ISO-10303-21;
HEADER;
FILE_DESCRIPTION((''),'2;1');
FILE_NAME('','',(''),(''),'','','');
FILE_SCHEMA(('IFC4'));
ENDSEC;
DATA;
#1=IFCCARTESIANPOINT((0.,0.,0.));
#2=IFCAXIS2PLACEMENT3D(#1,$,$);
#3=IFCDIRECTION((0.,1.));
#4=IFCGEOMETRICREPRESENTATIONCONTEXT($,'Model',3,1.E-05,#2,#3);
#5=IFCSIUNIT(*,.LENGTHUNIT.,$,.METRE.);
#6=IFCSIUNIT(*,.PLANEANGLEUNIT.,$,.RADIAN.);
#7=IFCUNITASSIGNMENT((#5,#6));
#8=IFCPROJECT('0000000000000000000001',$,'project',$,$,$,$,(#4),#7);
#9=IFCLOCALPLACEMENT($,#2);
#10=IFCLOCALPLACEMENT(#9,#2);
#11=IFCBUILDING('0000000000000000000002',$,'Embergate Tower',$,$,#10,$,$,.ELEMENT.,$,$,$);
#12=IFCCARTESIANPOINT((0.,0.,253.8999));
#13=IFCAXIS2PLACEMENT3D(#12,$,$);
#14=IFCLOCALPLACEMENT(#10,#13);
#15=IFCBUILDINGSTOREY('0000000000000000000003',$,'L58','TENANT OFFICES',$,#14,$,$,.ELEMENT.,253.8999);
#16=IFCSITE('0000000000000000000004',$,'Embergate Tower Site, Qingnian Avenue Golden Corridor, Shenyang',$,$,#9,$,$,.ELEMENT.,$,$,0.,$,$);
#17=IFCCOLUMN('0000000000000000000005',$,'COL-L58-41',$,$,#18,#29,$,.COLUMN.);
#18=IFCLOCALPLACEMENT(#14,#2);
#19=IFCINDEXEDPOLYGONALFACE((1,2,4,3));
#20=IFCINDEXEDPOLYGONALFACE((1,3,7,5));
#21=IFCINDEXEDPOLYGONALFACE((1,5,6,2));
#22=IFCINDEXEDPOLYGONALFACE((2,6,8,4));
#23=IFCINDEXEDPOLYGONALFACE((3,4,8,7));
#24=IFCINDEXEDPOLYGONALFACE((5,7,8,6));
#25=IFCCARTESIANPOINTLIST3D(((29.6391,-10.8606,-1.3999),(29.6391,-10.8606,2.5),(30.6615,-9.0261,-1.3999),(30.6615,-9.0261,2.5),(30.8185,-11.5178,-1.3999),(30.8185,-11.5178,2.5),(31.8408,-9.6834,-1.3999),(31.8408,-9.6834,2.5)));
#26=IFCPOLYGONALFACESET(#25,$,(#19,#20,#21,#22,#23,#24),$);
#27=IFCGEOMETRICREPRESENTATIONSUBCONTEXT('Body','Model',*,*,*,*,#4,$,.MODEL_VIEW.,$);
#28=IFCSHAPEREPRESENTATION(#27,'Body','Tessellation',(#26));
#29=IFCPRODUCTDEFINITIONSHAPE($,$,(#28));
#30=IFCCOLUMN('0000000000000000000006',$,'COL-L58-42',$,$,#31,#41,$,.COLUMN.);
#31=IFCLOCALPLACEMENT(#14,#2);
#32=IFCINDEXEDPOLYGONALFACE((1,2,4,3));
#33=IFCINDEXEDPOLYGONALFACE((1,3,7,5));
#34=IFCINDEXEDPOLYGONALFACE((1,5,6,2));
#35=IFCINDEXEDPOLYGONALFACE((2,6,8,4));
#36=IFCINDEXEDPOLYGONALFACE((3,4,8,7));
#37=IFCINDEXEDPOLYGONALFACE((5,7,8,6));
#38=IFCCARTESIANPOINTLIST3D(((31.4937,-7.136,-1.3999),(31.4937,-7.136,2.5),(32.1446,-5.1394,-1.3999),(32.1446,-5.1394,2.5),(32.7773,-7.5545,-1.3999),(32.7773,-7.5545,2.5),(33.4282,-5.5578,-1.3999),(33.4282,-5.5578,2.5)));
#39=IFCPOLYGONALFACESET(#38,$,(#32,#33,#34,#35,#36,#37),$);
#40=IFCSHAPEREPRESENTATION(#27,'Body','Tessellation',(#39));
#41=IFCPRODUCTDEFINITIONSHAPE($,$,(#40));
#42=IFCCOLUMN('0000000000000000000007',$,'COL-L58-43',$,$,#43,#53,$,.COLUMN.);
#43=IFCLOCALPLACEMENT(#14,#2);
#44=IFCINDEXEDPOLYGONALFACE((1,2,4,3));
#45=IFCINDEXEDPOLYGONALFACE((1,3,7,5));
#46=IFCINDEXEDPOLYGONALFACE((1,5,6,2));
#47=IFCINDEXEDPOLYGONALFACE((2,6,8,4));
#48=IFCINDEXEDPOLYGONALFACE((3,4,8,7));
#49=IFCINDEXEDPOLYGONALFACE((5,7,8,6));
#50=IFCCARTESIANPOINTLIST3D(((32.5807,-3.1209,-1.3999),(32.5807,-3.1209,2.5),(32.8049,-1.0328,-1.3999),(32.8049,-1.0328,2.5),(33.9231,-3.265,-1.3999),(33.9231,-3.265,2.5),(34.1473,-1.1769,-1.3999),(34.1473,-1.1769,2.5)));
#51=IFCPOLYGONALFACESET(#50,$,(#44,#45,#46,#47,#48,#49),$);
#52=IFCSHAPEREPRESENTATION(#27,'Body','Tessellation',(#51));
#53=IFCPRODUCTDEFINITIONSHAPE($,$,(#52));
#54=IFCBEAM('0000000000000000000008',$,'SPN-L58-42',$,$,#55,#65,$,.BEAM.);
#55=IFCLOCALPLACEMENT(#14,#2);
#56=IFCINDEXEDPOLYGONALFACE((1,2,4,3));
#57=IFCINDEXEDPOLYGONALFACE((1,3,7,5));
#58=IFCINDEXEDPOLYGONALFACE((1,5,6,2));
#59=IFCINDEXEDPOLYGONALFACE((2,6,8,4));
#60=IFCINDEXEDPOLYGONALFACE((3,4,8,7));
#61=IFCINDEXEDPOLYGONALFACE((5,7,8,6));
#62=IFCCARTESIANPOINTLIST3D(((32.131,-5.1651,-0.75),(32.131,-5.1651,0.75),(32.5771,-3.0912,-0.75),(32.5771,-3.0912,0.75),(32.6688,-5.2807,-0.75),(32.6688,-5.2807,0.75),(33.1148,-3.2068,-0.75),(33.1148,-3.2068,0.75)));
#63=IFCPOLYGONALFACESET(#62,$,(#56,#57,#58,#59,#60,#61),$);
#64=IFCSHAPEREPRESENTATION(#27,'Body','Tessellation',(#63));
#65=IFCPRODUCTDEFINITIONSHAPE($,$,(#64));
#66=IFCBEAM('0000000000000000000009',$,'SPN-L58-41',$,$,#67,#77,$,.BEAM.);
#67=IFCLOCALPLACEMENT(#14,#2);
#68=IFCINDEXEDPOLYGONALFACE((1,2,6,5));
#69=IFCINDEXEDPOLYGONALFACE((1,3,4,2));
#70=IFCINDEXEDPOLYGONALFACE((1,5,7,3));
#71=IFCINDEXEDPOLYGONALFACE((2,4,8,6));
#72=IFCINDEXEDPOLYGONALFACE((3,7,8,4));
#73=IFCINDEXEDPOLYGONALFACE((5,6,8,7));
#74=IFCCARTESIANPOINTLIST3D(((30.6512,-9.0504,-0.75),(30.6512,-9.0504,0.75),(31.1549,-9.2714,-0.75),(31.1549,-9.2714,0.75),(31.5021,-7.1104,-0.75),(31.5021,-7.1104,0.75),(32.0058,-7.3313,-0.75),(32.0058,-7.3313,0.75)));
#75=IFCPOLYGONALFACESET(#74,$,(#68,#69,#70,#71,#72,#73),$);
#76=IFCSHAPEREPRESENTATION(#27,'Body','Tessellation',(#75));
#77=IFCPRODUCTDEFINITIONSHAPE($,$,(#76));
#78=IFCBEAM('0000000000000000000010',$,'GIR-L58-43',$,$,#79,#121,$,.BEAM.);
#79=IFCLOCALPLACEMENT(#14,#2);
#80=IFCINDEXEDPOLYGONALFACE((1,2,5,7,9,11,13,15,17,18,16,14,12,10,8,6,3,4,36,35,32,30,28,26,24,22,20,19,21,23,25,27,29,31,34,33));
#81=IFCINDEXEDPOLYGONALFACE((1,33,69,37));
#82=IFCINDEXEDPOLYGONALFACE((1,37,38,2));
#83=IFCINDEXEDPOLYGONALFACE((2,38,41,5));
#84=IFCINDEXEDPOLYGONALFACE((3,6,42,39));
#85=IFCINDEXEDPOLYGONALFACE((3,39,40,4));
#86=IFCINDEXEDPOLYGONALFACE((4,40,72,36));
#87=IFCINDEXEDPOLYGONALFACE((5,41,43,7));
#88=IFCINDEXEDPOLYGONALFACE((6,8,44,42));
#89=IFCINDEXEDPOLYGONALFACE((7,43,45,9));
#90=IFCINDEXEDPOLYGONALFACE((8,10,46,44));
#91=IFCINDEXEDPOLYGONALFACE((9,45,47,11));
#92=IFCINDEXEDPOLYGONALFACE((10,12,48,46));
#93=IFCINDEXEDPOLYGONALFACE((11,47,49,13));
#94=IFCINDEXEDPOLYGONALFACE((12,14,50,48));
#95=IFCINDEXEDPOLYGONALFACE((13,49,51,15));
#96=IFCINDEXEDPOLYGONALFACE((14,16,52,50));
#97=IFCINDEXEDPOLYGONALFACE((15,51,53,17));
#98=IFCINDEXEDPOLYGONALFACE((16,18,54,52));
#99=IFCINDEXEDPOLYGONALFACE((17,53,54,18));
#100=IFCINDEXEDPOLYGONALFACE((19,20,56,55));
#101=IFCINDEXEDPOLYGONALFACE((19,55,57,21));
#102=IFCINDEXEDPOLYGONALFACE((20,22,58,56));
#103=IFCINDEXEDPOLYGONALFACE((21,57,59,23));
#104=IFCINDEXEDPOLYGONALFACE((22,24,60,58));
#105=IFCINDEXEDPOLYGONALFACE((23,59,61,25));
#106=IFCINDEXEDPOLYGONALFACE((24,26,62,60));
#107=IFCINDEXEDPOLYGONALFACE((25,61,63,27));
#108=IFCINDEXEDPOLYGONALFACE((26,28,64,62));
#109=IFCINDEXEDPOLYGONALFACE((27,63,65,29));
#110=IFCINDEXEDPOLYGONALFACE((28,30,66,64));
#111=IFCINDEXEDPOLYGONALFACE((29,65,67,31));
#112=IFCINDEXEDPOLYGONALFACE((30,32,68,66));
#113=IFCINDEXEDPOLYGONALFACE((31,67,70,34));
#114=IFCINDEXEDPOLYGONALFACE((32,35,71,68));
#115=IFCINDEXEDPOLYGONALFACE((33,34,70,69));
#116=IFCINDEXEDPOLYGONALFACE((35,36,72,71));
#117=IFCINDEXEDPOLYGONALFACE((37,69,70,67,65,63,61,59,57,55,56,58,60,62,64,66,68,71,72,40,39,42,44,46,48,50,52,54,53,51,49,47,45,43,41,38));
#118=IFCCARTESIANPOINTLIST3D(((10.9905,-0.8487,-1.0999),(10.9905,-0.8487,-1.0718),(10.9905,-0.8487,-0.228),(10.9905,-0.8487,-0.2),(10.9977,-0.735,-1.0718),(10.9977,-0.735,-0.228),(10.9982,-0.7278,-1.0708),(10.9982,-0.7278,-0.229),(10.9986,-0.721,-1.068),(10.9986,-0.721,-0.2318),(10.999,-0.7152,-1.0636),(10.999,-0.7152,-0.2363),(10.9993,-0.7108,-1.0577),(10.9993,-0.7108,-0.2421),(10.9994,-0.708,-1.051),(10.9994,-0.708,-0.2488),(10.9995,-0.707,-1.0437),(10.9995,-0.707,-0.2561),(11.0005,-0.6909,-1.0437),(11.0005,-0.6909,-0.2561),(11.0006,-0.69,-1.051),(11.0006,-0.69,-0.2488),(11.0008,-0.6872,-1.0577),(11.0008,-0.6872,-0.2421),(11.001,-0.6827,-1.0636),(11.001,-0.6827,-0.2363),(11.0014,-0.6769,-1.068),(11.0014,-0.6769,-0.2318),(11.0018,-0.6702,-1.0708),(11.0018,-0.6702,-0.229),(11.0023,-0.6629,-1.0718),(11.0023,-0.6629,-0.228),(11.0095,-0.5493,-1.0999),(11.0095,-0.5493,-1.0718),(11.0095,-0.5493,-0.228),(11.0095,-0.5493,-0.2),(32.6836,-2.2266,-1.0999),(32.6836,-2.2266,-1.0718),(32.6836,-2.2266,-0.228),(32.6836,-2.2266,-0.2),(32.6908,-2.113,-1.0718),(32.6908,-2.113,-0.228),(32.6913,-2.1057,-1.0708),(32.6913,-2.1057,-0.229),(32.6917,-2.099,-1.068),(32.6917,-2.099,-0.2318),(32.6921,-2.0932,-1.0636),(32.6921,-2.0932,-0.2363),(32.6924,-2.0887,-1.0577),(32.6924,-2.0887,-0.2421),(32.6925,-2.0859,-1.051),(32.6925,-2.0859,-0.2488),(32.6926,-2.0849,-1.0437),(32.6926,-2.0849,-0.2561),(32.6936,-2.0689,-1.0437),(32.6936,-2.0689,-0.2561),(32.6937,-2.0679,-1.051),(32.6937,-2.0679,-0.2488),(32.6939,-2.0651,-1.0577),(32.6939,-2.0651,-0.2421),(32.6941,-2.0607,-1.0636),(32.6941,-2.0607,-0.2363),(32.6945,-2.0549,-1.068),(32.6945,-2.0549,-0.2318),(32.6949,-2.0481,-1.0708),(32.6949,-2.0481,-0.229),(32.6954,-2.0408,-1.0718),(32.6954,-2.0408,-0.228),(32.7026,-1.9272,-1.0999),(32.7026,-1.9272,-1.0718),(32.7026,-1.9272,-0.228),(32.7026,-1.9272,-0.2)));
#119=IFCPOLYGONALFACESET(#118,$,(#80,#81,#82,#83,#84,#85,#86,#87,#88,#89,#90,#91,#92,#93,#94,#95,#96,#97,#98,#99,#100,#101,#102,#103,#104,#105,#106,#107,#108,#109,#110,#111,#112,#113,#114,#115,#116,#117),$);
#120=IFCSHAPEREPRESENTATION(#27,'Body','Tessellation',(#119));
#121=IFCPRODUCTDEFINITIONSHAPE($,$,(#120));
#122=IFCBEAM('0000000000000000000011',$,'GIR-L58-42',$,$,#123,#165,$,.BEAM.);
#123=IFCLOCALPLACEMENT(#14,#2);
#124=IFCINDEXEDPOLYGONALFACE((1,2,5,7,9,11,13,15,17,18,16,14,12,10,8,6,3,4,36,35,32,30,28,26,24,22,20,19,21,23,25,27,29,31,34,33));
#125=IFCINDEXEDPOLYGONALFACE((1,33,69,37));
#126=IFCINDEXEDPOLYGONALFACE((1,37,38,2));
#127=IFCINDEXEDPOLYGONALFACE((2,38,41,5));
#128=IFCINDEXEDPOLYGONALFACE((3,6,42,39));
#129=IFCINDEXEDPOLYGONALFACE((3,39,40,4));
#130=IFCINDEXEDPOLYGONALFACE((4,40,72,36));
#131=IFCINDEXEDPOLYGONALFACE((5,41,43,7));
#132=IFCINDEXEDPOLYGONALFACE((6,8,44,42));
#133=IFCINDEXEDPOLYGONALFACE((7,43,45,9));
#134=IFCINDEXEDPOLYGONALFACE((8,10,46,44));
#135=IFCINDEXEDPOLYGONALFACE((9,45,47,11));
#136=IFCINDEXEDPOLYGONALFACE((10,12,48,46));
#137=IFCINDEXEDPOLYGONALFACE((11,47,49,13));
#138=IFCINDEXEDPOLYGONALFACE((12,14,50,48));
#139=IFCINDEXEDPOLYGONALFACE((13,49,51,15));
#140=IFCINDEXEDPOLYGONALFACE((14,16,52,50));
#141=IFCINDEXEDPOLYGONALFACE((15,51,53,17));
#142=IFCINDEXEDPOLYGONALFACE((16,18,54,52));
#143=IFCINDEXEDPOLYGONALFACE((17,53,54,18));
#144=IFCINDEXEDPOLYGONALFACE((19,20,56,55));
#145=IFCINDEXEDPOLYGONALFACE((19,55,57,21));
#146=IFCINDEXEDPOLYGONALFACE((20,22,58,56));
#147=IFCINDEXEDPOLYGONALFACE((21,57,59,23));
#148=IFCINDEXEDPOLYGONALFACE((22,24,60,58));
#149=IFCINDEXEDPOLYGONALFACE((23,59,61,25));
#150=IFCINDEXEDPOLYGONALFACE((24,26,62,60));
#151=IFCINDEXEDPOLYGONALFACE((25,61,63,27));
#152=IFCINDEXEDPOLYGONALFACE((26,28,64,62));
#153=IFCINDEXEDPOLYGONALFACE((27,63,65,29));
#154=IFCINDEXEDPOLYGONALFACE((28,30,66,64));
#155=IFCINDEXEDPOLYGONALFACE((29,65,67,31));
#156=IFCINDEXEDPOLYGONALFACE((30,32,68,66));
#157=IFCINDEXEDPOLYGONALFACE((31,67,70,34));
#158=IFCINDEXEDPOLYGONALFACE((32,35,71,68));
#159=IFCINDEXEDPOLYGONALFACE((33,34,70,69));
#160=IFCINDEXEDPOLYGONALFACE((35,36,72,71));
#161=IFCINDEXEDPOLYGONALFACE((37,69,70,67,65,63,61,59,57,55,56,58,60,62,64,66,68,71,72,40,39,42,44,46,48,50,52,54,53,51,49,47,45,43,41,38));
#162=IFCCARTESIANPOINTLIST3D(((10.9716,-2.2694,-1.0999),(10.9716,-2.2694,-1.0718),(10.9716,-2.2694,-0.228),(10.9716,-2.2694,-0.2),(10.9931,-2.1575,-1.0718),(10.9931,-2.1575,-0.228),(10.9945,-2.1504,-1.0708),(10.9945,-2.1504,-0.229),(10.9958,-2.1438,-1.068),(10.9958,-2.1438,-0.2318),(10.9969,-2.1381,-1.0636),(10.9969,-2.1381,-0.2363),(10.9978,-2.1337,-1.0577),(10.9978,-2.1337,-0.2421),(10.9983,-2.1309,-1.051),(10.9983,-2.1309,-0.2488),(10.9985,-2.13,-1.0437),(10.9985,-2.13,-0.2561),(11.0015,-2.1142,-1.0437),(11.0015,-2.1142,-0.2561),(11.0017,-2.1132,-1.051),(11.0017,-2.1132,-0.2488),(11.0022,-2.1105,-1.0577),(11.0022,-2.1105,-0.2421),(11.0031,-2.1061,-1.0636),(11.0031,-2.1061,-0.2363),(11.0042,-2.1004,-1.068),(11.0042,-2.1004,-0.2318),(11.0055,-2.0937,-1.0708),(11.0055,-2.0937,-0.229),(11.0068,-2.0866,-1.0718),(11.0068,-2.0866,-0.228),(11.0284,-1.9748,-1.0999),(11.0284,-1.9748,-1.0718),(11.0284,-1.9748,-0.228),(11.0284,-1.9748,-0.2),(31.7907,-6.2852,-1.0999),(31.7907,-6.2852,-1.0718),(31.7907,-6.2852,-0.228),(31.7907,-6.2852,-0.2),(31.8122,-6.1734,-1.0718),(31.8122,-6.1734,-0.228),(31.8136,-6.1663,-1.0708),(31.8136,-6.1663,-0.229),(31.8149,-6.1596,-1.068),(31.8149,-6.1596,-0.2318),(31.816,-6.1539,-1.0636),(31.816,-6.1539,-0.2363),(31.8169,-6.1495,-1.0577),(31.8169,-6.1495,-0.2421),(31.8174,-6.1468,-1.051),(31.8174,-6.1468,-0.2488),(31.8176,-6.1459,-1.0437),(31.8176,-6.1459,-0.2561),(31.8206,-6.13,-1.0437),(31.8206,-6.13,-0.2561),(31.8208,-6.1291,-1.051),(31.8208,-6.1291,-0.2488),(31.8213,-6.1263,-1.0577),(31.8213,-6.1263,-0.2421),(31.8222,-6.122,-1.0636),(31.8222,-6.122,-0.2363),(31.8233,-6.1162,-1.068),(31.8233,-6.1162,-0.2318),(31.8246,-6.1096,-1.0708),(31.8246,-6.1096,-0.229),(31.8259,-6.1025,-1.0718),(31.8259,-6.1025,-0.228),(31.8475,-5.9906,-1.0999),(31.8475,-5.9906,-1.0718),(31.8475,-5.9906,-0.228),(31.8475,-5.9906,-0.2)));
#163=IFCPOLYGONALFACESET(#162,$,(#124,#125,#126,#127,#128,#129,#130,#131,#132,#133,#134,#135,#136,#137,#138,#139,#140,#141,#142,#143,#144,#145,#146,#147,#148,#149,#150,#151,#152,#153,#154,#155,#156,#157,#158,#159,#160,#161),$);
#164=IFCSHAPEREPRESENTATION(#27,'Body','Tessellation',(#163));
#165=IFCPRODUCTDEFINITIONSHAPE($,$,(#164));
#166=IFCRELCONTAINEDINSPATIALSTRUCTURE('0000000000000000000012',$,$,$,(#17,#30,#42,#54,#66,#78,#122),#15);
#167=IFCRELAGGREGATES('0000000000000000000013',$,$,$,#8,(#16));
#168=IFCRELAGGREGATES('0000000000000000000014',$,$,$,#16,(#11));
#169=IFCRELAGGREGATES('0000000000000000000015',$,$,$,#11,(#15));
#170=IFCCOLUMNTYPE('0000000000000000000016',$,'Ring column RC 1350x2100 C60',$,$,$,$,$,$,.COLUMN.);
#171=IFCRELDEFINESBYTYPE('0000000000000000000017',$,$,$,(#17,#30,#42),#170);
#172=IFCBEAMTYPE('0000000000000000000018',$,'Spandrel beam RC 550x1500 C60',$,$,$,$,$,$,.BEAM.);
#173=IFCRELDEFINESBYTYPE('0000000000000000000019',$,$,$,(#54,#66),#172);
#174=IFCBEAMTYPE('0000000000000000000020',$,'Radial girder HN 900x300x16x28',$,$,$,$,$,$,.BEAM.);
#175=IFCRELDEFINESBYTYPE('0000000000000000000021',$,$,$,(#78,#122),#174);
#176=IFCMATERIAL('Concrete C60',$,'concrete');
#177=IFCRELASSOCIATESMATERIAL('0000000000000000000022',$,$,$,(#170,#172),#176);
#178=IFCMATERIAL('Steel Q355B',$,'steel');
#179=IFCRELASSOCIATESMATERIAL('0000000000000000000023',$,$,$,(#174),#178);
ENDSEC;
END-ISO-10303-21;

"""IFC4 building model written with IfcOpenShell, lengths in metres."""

from ifc_helpers import new_model, si_unit, direction, frame, origin, origin_2d, place, context, subcontext, project, spatial, rectangle, i_section, extrude, source, transform, mapped, material, material_profile, profile_set, type_object, element, save


model = new_model("IFC4")

# Units and contexts
model_context = context("Model", 3, precision=1e-05, world=origin(), true_north=direction((0.0, 1.0)))
body_context = subcontext(model_context, "Body", "Model", "MODEL_VIEW")
ifc_project = project(units=[si_unit("LENGTHUNIT", "METRE"), si_unit("PLANEANGLEUNIT", "RADIAN")], contexts=[model_context])

# Site, building, storey
site_placement = place(None, origin())
site = spatial("IfcSite", under=ifc_project, at=site_placement, Name="Embergate Tower Site, Qingnian Avenue Golden Corridor, Shenyang", CompositionType="ELEMENT", RefElevation=0.0)
building_placement = place(site_placement, origin())
building = spatial("IfcBuilding", under=site, at=building_placement, Name="Embergate Tower", CompositionType="ELEMENT")
storey_placement = place(building_placement, frame((0.0, 0.0, 253.8999)))
storey = spatial("IfcBuildingStorey", under=building, at=storey_placement, Name="L58", Description="TENANT OFFICES", CompositionType="ELEMENT", Elevation=253.8999)

# Columns
ifc_material_1 = material(Name="Concrete C60", Category="concrete")
ifc_material_profile_1 = material_profile(ifc_material_1, rectangle(XDim=1.3501, YDim=2.1001, at=origin_2d()), Name="RC 1350x2100")
ifc_profile_set_1 = profile_set([ifc_material_profile_1], Name="Concrete C60")
column_type = type_object("IfcColumnType", Name="Ring column RC 1350x2100 C60", PredefinedType="COLUMN", material=ifc_profile_set_1)
shared_shape_1 = source(origin(), body_context, "Body", "SweptSolid", [
    extrude(rectangle(XDim=1.3501, YDim=2.1001, at=origin_2d()), origin(), (0.0, 0.0, 1.0), 3.8999),
])
for number, where, z_axis, x_axis, name in (
    (1, (30.74, -10.272, -1.3999), (0.0, 0.0, 1.0), (0.8735, -0.486823, 0.0), "COL-L58-41"),
    (2, (32.4609, -6.3469, -1.3999), (0.0, 0.0, 1.0), (0.950754, -0.309946, 0.0), "COL-L58-42"),
    (3, (33.364, -2.1489, -1.3999), (0.0, 0.0, 1.0), (0.994286, -0.10675, 0.0), "COL-L58-43"),
):
    element("IfcColumn", number, at=place(storey_placement, frame(where, z_axis=z_axis, x_axis=x_axis)), inside=storey, type_object=column_type, Name=name, PredefinedType="COLUMN", context=body_context, shape_type="MappedRepresentation", body=[
        mapped(shared_shape_1, transform((0.0, 0.0, 0.0))),
    ])

# Beams
ifc_material_profile_2 = material_profile(ifc_material_1, rectangle(XDim=0.55, YDim=1.5, at=origin_2d()), Name="RC 550x1500")
ifc_profile_set_2 = profile_set([ifc_material_profile_2], Name="Concrete C60")
beam_type_1 = type_object("IfcBeamType", Name="Spandrel beam RC 550x1500 C60", PredefinedType="BEAM", material=ifc_profile_set_2)
shared_shape_2 = source(origin(), body_context, "Body", "SweptSolid", [
    extrude(rectangle(XDim=0.55, YDim=1.5, at=origin_2d()), origin(), (0.0, 0.0, 1.0), 2.1213),
])
beam_1_placement = place(storey_placement, frame((32.3999, -5.2229, 0.0), z_axis=(0.21026, 0.977646, 0.0), x_axis=(-0.977646, 0.21026, 0.0)))
element("IfcBeam", 4, at=beam_1_placement, inside=storey, type_object=beam_type_1, Name="SPN-L58-42", PredefinedType="BEAM", context=body_context, shape_type="MappedRepresentation", body=[
    mapped(shared_shape_2, transform((0.0, 0.0, 0.0))),
])
shared_shape_3 = source(origin(), body_context, "Body", "SweptSolid", [
    extrude(rectangle(XDim=0.55, YDim=1.5, at=origin_2d()), origin(), (0.0, 0.0, 1.0), 2.1184),
])
beam_2_placement = place(storey_placement, frame((30.9031, -9.1609, 0.0), z_axis=(0.401653, 0.915792, 0.0), x_axis=(-0.915792, 0.401653, 0.0)))
element("IfcBeam", 5, at=beam_2_placement, inside=storey, type_object=beam_type_1, Name="SPN-L58-41", PredefinedType="BEAM", context=body_context, shape_type="MappedRepresentation", body=[
    mapped(shared_shape_3, transform((0.0, 0.0, 0.0))),
])
ifc_material_2 = material(Name="Steel Q355B", Category="steel")
ifc_material_profile_3 = material_profile(ifc_material_2, i_section(OverallWidth=0.3, OverallDepth=0.8999, WebThickness=0.0161, FlangeThickness=0.0281, FilletRadius=0.0281, at=origin_2d()), Name="HN 900x300x16x28")
ifc_profile_set_3 = profile_set([ifc_material_profile_3], Name="Steel Q355 grade B")
beam_type_2 = type_object("IfcBeamType", Name="Radial girder HN 900x300x16x28", PredefinedType="BEAM", material=ifc_profile_set_3)
shared_shape_4 = source(origin(), body_context, "Body", "SweptSolid", [
    extrude(i_section(OverallWidth=0.3, OverallDepth=0.8999, WebThickness=0.0161, FlangeThickness=0.0281, FilletRadius=0.0281, at=origin_2d()), origin(), (0.0, 0.0, 1.0), 21.7368),
])
beam_3_placement = place(storey_placement, frame((32.6931, -2.0769, -0.6499), z_axis=(-0.997989, 0.063391, 0.0), x_axis=(-0.063391, -0.997989, 0.0)))
element("IfcBeam", 6, at=beam_3_placement, inside=storey, type_object=beam_type_2, Name="GIR-L58-43", PredefinedType="BEAM", context=body_context, shape_type="MappedRepresentation", body=[
    mapped(shared_shape_4, transform((0.0, 0.0, 0.0))),
])
shared_shape_5 = source(origin(), body_context, "Body", "SweptSolid", [
    extrude(i_section(OverallWidth=0.3, OverallDepth=0.8999, WebThickness=0.0161, FlangeThickness=0.0281, FilletRadius=0.0281, at=origin_2d()), origin(), (0.0, 0.0, 1.0), 21.2029),
])
beam_4_placement = place(storey_placement, frame((31.8191, -6.1379, -0.6499), z_axis=(-0.9819, 0.189402, 0.0), x_axis=(-0.189402, -0.9819, 0.0)))
element("IfcBeam", 7, at=beam_4_placement, inside=storey, type_object=beam_type_2, Name="GIR-L58-42", PredefinedType="BEAM", context=body_context, shape_type="MappedRepresentation", body=[
    mapped(shared_shape_5, transform((0.0, 0.0, 0.0))),
])

save(model, "model.ifc")
